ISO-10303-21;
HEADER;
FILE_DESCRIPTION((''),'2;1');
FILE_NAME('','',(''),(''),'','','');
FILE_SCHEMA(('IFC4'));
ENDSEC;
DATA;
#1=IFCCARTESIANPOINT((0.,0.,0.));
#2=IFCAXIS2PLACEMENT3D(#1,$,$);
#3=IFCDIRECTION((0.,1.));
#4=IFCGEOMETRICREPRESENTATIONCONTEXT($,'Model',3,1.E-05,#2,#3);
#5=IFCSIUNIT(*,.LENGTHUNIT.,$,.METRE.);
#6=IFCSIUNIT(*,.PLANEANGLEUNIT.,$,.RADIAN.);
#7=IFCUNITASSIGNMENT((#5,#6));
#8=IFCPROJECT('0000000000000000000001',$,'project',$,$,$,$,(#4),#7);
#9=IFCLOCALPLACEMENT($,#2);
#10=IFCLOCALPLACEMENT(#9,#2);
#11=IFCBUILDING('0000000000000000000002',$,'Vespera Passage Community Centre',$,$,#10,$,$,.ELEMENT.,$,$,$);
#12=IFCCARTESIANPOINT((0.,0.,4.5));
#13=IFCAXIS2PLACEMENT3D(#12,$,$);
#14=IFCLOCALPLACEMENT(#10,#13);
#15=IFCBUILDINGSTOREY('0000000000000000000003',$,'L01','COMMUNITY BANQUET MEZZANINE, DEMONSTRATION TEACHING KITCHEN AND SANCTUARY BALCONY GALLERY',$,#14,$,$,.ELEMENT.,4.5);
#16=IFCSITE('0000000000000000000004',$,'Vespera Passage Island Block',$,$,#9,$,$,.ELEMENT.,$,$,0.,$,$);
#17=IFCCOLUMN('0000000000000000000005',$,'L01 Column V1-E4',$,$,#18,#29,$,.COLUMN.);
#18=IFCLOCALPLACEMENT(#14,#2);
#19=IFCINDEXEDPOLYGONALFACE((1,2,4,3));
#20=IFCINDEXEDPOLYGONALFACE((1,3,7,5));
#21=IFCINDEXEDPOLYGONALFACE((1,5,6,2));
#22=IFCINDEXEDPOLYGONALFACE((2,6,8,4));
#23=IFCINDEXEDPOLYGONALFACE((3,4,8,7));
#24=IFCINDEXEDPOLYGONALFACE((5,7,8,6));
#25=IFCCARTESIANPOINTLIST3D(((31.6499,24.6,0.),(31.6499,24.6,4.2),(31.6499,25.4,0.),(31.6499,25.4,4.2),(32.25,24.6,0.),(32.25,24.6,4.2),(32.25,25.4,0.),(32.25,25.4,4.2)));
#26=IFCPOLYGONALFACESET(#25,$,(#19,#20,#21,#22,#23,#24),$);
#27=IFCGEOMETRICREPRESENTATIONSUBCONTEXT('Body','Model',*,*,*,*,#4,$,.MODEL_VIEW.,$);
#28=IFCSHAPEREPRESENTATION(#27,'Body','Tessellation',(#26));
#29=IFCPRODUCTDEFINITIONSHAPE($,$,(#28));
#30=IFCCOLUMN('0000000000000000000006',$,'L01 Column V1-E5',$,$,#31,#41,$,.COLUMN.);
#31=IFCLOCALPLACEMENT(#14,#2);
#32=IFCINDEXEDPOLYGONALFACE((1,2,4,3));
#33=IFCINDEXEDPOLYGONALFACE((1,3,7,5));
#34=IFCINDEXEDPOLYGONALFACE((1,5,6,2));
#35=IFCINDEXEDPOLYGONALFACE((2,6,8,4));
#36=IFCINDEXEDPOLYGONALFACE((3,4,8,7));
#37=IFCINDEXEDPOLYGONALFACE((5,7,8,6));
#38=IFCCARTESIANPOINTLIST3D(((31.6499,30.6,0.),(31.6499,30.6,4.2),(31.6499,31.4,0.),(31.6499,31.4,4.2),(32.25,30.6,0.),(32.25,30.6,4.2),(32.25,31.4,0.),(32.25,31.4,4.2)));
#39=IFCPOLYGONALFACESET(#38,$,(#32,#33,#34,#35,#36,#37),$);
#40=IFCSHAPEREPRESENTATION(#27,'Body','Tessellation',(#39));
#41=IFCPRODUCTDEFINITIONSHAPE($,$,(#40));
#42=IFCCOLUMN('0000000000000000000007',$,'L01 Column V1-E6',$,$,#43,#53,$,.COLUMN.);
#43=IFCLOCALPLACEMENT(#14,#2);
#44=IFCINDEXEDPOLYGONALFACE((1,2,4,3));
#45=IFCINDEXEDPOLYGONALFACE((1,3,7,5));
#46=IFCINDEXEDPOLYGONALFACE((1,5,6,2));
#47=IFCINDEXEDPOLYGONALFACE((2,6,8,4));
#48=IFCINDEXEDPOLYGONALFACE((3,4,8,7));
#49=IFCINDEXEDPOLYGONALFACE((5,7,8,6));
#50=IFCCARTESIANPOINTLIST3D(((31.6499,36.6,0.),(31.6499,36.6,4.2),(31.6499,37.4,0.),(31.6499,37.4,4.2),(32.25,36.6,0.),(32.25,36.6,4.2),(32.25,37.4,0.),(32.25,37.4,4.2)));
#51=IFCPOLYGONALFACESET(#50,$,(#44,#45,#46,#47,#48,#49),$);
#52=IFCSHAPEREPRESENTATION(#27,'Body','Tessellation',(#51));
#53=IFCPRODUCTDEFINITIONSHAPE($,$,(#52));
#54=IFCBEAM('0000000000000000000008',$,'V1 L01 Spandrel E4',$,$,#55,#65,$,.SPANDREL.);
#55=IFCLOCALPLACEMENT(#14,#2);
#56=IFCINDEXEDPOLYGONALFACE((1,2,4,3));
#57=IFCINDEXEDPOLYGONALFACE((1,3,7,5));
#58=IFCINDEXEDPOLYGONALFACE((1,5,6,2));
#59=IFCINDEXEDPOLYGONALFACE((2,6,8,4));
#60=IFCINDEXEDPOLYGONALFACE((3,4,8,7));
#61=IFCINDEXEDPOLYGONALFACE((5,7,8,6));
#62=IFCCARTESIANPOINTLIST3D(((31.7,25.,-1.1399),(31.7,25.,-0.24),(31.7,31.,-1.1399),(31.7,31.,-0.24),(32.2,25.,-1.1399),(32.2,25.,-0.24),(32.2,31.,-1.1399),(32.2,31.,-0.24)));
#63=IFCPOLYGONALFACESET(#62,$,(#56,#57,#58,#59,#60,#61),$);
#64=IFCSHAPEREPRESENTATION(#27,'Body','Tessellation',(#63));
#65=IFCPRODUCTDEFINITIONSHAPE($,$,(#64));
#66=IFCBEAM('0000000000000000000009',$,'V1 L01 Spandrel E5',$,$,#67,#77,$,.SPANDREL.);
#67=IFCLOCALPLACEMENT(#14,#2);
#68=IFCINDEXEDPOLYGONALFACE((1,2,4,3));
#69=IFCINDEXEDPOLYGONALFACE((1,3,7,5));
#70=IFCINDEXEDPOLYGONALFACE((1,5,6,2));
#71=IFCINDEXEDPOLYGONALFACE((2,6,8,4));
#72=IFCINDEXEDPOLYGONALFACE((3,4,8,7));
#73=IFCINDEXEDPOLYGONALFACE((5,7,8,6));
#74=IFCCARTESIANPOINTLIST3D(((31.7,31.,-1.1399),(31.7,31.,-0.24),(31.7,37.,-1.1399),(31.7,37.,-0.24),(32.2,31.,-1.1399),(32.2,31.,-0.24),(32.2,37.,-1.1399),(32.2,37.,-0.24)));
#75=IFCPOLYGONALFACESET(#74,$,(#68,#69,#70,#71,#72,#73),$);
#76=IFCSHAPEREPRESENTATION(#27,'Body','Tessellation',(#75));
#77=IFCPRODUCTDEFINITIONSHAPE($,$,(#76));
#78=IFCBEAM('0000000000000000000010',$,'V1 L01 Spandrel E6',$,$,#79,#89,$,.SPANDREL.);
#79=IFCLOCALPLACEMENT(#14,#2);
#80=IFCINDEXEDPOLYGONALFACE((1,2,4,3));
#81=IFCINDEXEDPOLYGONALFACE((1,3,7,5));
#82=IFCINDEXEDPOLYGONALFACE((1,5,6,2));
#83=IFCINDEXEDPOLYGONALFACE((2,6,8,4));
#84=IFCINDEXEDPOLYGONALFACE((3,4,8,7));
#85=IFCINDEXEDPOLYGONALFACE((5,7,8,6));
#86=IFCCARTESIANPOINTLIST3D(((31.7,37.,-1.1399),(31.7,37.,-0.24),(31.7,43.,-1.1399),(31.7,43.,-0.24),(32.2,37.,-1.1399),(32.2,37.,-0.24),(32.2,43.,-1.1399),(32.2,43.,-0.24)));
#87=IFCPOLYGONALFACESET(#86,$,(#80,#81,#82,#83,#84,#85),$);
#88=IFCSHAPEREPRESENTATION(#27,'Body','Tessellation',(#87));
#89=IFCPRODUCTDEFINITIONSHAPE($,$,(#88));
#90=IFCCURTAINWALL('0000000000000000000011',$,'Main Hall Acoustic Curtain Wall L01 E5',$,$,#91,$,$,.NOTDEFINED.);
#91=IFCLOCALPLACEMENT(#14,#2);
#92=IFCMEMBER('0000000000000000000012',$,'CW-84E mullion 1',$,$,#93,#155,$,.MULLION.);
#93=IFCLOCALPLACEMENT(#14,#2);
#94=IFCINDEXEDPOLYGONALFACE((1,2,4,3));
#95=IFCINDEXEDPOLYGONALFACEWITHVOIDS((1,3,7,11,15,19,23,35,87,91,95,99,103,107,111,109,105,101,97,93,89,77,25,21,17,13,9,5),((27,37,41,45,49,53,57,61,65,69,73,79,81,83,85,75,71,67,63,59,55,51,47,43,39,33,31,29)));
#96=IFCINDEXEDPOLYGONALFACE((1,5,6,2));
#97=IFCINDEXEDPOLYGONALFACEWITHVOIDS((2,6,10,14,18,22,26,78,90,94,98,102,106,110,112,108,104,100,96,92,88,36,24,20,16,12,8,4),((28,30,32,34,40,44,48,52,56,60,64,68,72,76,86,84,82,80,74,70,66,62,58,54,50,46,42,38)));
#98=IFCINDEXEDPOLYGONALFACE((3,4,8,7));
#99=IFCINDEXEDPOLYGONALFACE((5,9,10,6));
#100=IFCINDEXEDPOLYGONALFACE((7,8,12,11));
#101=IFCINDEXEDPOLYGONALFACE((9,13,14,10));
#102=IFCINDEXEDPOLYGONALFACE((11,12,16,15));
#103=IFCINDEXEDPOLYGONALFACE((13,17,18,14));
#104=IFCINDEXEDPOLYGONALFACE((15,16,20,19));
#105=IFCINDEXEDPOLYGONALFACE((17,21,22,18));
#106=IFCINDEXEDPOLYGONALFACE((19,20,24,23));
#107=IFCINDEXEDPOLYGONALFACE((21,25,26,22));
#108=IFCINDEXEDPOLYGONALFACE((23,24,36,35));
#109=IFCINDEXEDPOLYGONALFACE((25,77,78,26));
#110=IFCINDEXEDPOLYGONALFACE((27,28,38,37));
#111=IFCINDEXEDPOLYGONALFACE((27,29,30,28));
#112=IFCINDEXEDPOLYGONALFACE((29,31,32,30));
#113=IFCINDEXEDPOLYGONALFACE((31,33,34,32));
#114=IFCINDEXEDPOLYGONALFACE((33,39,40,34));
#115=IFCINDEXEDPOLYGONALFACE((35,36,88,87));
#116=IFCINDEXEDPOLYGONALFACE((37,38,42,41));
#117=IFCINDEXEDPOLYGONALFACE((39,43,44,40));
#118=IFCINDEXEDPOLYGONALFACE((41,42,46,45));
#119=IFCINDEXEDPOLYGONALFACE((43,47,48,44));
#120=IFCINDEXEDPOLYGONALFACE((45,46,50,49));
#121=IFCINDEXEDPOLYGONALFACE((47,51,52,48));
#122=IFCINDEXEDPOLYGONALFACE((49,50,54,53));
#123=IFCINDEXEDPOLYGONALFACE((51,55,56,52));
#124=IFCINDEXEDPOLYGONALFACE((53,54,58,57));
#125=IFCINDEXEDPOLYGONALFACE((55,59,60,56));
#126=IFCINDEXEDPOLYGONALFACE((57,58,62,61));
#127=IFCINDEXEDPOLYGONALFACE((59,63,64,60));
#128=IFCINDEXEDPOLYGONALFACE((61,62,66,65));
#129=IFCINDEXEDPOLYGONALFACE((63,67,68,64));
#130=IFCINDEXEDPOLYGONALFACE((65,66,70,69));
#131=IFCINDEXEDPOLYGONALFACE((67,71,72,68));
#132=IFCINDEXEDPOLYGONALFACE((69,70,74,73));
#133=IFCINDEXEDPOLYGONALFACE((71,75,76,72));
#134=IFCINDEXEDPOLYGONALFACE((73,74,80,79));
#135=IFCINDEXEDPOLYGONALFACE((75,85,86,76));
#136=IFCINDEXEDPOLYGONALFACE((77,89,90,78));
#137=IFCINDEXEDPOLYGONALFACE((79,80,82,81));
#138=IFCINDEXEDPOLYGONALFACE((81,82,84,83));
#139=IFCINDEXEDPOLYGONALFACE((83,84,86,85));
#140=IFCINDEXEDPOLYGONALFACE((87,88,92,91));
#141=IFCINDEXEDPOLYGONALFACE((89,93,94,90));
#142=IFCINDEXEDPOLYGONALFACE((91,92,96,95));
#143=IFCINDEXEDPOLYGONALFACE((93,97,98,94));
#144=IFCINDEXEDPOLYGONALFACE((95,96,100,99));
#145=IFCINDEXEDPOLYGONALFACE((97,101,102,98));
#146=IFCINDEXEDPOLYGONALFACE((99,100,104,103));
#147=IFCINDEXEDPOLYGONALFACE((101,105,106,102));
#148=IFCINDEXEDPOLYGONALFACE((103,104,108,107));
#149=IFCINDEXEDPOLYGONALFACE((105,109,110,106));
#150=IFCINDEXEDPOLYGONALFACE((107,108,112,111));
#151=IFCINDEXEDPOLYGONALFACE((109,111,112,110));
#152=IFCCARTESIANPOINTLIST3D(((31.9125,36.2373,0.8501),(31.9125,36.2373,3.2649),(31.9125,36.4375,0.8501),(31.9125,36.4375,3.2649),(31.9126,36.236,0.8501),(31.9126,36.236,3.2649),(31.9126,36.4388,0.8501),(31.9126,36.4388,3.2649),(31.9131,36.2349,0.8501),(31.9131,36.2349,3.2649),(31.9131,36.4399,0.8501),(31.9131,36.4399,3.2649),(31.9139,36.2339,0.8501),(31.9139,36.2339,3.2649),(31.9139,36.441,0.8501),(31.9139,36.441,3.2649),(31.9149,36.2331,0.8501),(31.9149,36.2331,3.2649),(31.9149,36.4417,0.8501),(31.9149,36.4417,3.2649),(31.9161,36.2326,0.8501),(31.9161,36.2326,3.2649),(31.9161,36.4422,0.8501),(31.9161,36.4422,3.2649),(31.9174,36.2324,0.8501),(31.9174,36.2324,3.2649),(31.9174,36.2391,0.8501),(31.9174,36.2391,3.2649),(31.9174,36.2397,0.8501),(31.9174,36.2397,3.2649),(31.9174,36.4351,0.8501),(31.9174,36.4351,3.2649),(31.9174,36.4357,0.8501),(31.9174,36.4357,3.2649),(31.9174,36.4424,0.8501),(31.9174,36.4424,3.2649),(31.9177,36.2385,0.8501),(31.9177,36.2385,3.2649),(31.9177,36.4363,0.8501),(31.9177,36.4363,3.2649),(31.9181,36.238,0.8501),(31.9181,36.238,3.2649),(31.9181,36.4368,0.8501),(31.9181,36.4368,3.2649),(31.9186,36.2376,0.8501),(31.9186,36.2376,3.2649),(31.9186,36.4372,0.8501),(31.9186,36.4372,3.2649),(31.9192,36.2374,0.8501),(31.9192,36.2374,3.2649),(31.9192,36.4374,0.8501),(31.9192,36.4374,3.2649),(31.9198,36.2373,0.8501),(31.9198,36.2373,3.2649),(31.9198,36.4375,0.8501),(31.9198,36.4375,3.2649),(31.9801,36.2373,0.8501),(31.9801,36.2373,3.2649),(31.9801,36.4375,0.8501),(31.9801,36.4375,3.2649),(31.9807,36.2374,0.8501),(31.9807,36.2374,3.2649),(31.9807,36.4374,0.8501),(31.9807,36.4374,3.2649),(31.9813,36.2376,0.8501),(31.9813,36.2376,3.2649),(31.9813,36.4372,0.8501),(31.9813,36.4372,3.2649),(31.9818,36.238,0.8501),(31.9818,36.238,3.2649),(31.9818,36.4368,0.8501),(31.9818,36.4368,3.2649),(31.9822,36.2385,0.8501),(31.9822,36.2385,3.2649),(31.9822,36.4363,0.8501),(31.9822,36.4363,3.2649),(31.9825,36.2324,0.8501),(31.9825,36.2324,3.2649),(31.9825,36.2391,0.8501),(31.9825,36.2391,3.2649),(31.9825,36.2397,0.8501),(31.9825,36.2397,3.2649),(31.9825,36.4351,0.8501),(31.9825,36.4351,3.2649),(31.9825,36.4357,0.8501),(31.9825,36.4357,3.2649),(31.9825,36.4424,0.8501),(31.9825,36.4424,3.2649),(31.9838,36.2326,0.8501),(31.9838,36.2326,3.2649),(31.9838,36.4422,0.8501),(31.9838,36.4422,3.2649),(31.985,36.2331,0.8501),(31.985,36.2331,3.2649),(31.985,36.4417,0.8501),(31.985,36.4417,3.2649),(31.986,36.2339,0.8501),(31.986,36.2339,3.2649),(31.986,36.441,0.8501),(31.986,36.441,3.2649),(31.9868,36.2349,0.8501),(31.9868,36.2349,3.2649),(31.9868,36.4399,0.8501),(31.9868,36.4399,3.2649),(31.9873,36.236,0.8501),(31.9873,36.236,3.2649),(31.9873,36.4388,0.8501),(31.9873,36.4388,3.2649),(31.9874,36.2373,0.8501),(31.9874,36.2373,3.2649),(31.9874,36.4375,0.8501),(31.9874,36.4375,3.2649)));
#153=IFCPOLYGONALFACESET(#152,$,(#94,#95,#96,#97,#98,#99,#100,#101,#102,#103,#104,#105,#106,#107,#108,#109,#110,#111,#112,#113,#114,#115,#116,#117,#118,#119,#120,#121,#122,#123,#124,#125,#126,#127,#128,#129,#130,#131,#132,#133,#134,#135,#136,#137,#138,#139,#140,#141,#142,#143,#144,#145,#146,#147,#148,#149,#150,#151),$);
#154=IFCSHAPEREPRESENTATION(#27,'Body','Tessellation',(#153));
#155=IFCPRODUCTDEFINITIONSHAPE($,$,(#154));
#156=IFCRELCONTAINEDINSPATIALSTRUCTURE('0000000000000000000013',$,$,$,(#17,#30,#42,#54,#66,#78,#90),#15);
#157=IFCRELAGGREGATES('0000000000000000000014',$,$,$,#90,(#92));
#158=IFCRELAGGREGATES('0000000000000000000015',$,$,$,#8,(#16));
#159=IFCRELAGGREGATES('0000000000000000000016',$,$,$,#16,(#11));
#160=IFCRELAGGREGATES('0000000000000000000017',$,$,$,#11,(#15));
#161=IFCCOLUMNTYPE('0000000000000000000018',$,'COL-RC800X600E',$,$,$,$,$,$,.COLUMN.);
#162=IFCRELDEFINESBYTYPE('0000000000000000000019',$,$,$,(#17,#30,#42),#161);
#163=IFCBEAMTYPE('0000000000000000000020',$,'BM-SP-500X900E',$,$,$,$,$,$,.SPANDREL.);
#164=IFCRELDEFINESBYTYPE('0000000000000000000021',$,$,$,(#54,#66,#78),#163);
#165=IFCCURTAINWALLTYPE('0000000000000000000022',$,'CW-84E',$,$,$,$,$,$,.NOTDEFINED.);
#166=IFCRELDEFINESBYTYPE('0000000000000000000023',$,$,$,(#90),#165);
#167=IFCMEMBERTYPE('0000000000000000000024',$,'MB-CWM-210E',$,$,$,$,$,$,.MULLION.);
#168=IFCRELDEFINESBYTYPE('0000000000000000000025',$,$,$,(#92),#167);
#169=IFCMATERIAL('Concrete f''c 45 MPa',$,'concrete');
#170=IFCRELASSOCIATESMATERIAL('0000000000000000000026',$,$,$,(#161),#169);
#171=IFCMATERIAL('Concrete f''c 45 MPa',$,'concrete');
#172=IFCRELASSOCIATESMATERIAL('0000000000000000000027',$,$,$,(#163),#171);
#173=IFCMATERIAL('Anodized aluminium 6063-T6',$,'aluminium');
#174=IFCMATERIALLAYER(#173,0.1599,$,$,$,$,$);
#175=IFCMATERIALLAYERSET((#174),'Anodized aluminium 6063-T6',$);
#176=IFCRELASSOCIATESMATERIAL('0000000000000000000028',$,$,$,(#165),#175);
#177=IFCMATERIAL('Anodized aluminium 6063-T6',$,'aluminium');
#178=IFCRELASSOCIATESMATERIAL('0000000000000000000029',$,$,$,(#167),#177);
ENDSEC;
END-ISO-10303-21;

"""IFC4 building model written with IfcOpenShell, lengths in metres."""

from ifc_helpers import new_model, si_unit, direction, frame, origin, origin_2d, place, context, subcontext, project, spatial, rectangle, hollow_rectangle, extrude, material, layer, layer_set, material_profile, profile_set, type_object, element, aggregate, save


model = new_model("IFC4")

# Units and contexts
model_context = context("Model", 3, precision=1e-05, world=origin(), true_north=direction((0.0, 1.0)))
body_context = subcontext(model_context, "Body", "Model", "MODEL_VIEW")
ifc_project = project(units=[si_unit("LENGTHUNIT", "METRE"), si_unit("PLANEANGLEUNIT", "RADIAN")], contexts=[model_context])

# Site, building, storey
site_placement = place(None, origin())
site = spatial("IfcSite", under=ifc_project, at=site_placement, Name="Vespera Passage Island Block", CompositionType="ELEMENT", RefElevation=0.0)
building_placement = place(site_placement, origin())
building = spatial("IfcBuilding", under=site, at=building_placement, Name="Vespera Passage Community Centre", CompositionType="ELEMENT")
storey_placement = place(building_placement, frame((0.0, 0.0, 4.5)))
storey = spatial("IfcBuildingStorey", under=building, at=storey_placement, Name="L01", Description="COMMUNITY BANQUET MEZZANINE, DEMONSTRATION TEACHING KITCHEN AND SANCTUARY BALCONY GALLERY", CompositionType="ELEMENT", Elevation=4.5)

# Columns
ifc_material_1 = material(Name="Concrete f'c 45 MPa", Category="concrete")
ifc_material_profile_1 = material_profile(ifc_material_1, rectangle(XDim=0.6001, YDim=0.8, at=origin_2d()), Name="RC800X600")
ifc_profile_set_1 = profile_set([ifc_material_profile_1], Name="Concrete f'c 45 MPa")
column_type = type_object("IfcColumnType", Name="COL-RC800X600E", PredefinedType="COLUMN", material=ifc_profile_set_1)
for number, where, z_axis, x_axis, name in (
    (1, (31.95, 25.0, 0.0), (0.0, 0.0, 1.0), (1.0, 0.0, 0.0), "L01 Column V1-E4"),
    (2, (31.95, 31.0, 0.0), (0.0, 0.0, 1.0), (1.0, 0.0, 0.0), "L01 Column V1-E5"),
    (3, (31.95, 37.0, 0.0), (0.0, 0.0, 1.0), (1.0, 0.0, 0.0), "L01 Column V1-E6"),
):
    element("IfcColumn", number, at=place(storey_placement, frame(where, z_axis=z_axis, x_axis=x_axis)), inside=storey, type_object=column_type, Name=name, PredefinedType="COLUMN", context=body_context, shape_type="SweptSolid", body=[
        extrude(rectangle(XDim=0.6001, YDim=0.8, at=origin_2d()), origin(), (0.0, 0.0, 1.0), 4.2),
    ])

# Beams
ifc_material_2 = material(Name="Concrete f'c 45 MPa", Category="concrete")
ifc_material_profile_2 = material_profile(ifc_material_2, rectangle(XDim=0.5, YDim=0.8999, at=origin_2d()), Name="RC500X900")
ifc_profile_set_2 = profile_set([ifc_material_profile_2], Name="Concrete f'c 45 MPa")
beam_type = type_object("IfcBeamType", Name="BM-SP-500X900E", PredefinedType="SPANDREL", material=ifc_profile_set_2)
for number, where, z_axis, x_axis, name in (
    (4, (31.95, 25.0, -0.6899), (0.0, 1.0, 0.0), (-1.0, 0.0, 0.0), "V1 L01 Spandrel E4"),
    (5, (31.95, 31.0, -0.6899), (0.0, 1.0, 0.0), (-1.0, 0.0, 0.0), "V1 L01 Spandrel E5"),
    (6, (31.95, 37.0, -0.6899), (0.0, 1.0, 0.0), (-1.0, 0.0, 0.0), "V1 L01 Spandrel E6"),
):
    element("IfcBeam", number, at=place(storey_placement, frame(where, z_axis=z_axis, x_axis=x_axis)), inside=storey, type_object=beam_type, Name=name, PredefinedType="SPANDREL", context=body_context, shape_type="SweptSolid", body=[
        extrude(rectangle(XDim=0.5, YDim=0.8999, at=origin_2d()), origin(), (0.0, 0.0, 1.0), 6.0),
    ])

# Curtain wall, member
ifc_material_3 = material(Name="Anodized aluminium 6063-T6", Category="aluminium")
ifc_layer_1 = layer(ifc_material_3, 0.1599)
ifc_layer_set_1 = layer_set([ifc_layer_1], Name="Anodized aluminium 6063-T6")
curtain_wall_type = type_object("IfcCurtainWallType", Name="CW-84E", PredefinedType="NOTDEFINED", material=ifc_layer_set_1)
curtain_wall_1_placement = place(storey_placement, origin())
curtain_wall_1 = element("IfcCurtainWall", 7, at=curtain_wall_1_placement, inside=storey, type_object=curtain_wall_type, Name="Main Hall Acoustic Curtain Wall L01 E5", PredefinedType="NOTDEFINED")
ifc_material_4 = material(Name="Anodized aluminium 6063-T6", Category="aluminium")
ifc_material_profile_3 = material_profile(ifc_material_4, hollow_rectangle(XDim=0.075, YDim=0.21, WallThickness=0.0049, InnerFilletRadius=0.0024, OuterFilletRadius=0.0049, at=origin_2d()), Name="ALU210X75X5")
ifc_profile_set_3 = profile_set([ifc_material_profile_3], Name="Anodized aluminium 6063-T6")
member_type_1 = type_object("IfcMemberType", Name="MB-CWM-210E", PredefinedType="MULLION", material=ifc_profile_set_3)
member_1_placement = place(storey_placement, frame((31.95, 36.3374, 0.8501), z_axis=(0.0, 0.0, 1.0), x_axis=(1.0, 0.0, 0.0)))
member_1 = element("IfcMember", 8, at=member_1_placement, type_object=member_type_1, Name="CW-84E mullion 1", PredefinedType="MULLION", context=body_context, shape_type="SweptSolid", body=[
    extrude(hollow_rectangle(XDim=0.075, YDim=0.21, WallThickness=0.0049, InnerFilletRadius=0.0024, OuterFilletRadius=0.0049, at=origin_2d()), origin(), (0.0, 0.0, 1.0), 2.4148),
])

aggregate(curtain_wall_1, [member_1])

save(model, "model.ifc")
